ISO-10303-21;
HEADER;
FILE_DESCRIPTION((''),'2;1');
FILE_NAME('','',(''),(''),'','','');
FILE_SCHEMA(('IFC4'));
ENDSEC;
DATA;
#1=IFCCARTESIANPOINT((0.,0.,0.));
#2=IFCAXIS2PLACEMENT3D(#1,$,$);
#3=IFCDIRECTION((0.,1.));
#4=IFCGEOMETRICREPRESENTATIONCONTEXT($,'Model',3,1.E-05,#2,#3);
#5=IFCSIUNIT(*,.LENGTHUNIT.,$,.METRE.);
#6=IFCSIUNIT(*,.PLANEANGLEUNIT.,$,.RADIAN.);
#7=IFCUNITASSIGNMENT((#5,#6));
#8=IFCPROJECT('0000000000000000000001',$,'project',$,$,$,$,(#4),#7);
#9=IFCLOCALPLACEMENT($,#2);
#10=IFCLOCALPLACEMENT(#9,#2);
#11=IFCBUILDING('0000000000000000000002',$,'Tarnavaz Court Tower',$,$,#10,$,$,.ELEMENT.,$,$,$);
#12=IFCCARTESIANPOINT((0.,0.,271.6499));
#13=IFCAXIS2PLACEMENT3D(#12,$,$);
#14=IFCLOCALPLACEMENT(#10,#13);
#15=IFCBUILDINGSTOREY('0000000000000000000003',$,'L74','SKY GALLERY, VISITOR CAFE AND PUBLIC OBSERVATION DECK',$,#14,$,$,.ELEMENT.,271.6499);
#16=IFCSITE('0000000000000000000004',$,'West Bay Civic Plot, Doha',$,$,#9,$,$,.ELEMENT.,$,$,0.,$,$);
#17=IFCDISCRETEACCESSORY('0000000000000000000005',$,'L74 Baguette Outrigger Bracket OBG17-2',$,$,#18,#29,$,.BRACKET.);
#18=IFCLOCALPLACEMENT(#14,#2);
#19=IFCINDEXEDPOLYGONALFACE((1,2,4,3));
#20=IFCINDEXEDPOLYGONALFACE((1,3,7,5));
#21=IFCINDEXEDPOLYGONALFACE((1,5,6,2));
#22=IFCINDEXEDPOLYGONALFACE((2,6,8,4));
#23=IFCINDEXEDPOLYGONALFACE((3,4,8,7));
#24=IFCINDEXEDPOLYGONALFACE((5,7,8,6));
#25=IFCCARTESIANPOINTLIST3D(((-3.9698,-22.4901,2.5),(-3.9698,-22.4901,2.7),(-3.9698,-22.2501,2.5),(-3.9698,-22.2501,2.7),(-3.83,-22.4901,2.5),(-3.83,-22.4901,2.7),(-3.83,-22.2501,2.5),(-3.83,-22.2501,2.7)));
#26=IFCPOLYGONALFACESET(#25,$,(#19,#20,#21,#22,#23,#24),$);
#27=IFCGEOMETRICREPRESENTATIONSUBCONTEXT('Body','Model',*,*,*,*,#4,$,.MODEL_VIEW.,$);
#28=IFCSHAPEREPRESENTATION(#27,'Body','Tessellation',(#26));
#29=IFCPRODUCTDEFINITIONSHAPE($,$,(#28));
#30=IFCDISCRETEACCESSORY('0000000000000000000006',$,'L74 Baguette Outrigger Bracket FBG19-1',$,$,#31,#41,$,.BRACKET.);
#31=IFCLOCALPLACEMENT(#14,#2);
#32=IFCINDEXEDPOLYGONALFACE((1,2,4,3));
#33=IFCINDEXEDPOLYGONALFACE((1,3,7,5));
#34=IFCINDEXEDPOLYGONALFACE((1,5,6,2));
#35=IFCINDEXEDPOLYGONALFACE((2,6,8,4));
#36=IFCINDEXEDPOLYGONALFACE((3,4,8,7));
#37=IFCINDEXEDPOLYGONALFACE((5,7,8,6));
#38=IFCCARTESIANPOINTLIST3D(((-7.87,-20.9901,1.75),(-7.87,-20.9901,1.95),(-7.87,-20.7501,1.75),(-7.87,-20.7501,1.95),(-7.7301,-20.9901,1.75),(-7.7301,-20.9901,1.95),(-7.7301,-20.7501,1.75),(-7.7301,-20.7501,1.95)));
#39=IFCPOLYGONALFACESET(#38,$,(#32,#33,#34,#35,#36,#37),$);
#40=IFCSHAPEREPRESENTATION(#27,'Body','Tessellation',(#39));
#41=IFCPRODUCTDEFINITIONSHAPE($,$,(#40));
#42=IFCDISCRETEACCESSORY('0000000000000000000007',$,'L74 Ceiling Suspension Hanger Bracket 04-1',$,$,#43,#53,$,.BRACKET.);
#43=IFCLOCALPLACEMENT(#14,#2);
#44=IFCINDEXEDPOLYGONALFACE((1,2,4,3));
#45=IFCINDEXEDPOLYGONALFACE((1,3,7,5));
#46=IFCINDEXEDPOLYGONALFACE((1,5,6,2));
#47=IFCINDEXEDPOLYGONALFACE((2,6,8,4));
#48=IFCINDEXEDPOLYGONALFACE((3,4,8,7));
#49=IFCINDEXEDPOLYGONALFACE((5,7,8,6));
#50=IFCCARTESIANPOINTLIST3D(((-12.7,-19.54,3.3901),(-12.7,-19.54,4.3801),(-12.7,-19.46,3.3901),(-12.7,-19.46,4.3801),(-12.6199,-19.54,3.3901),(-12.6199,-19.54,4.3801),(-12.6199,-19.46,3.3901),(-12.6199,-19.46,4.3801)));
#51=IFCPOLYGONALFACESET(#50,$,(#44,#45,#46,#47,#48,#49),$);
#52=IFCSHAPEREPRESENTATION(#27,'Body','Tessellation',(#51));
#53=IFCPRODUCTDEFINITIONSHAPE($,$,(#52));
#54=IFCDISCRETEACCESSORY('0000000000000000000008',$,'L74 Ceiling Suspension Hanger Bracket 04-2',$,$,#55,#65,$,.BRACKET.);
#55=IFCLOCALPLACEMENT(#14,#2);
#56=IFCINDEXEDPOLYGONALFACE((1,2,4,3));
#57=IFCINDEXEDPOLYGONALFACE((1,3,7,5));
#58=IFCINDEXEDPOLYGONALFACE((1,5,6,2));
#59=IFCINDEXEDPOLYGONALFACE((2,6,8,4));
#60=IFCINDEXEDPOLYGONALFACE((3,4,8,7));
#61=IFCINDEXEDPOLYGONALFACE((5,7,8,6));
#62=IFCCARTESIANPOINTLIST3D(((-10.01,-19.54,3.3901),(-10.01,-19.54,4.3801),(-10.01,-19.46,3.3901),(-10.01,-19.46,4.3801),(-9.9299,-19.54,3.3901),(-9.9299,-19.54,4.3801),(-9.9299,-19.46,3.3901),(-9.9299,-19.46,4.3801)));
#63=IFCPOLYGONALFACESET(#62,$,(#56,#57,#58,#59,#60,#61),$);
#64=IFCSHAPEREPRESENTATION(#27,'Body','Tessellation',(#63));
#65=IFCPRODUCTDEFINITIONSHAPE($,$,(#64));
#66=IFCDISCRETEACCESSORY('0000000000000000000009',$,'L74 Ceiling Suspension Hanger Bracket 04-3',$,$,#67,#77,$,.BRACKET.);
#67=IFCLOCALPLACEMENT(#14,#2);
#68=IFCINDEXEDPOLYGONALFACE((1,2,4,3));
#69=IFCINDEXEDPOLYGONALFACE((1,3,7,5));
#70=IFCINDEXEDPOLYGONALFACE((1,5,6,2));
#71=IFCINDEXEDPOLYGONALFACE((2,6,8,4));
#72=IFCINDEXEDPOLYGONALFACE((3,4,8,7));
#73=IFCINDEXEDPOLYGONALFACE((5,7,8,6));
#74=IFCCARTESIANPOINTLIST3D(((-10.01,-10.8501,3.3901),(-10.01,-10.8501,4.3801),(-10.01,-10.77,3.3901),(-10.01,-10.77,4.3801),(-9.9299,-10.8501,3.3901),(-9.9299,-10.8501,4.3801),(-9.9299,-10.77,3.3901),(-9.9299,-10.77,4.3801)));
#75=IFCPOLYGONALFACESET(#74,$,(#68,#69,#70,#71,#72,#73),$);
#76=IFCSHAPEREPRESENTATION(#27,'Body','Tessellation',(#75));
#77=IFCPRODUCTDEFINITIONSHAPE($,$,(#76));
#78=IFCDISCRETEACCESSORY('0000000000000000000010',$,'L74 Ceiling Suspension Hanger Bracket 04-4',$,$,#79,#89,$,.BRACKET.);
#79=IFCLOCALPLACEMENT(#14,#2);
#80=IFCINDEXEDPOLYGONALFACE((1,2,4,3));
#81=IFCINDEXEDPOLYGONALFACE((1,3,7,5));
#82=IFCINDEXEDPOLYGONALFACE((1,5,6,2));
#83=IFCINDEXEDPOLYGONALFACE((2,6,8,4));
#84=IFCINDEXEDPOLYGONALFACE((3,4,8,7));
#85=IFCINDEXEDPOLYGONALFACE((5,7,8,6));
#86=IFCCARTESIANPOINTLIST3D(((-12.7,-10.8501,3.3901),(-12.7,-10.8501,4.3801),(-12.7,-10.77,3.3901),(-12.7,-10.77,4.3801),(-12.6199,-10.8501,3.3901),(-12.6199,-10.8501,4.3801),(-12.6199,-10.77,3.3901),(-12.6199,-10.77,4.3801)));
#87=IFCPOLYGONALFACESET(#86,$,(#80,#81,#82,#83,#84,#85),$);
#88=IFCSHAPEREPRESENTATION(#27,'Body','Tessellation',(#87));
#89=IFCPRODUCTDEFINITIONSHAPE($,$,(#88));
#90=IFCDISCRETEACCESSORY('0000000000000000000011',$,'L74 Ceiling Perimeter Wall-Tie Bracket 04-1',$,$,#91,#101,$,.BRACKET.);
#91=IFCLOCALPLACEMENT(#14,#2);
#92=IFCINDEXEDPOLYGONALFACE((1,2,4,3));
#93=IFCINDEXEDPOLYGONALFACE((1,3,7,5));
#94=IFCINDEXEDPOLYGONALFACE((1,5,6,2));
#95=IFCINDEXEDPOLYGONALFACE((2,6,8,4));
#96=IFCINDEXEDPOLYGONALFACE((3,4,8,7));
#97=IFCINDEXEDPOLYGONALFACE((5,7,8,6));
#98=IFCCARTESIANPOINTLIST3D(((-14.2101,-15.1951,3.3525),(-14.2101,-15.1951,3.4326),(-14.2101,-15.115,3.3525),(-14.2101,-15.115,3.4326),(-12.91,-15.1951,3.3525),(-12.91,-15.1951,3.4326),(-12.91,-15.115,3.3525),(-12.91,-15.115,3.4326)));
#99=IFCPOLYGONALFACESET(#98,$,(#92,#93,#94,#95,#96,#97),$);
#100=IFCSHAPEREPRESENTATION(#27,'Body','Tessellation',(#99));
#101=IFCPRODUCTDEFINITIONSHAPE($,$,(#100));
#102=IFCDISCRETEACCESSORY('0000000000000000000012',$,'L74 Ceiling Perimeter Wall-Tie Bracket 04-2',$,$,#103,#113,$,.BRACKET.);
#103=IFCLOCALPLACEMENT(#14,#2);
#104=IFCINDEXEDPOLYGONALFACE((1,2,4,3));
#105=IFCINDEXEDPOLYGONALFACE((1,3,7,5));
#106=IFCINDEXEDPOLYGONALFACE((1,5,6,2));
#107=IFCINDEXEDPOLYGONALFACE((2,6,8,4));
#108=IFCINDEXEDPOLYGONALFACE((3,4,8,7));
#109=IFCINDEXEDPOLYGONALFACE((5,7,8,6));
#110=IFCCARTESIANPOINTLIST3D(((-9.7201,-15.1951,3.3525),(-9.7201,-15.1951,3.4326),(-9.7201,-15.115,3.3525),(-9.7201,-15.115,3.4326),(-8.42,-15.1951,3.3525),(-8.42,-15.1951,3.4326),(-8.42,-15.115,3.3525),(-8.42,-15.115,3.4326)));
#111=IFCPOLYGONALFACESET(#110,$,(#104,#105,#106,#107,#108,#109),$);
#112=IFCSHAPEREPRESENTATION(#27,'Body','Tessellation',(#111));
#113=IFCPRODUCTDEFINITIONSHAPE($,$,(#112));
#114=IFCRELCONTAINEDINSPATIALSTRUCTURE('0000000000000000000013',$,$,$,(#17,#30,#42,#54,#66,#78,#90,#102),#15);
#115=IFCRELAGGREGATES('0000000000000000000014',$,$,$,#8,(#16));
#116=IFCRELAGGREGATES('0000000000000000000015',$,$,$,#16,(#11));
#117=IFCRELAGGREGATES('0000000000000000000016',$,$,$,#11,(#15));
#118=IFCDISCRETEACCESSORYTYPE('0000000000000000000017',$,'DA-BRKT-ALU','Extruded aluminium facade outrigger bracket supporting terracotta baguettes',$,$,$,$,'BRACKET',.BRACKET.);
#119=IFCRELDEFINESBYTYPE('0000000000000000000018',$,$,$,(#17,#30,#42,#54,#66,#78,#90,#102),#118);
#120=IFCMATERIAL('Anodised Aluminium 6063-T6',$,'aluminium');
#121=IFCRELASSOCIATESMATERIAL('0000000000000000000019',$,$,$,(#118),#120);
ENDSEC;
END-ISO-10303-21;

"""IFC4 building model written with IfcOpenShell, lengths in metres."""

from ifc_helpers import new_model, si_unit, direction, frame, origin, origin_2d, place, context, subcontext, project, spatial, rectangle, extrude, material, type_object, element, save


model = new_model("IFC4")

# Units and contexts
model_context = context("Model", 3, precision=1e-05, world=origin(), true_north=direction((0.0, 1.0)))
body_context = subcontext(model_context, "Body", "Model", "MODEL_VIEW")
ifc_project = project(units=[si_unit("LENGTHUNIT", "METRE"), si_unit("PLANEANGLEUNIT", "RADIAN")], contexts=[model_context])

# Site, building, storey
site_placement = place(None, origin())
site = spatial("IfcSite", under=ifc_project, at=site_placement, Name="West Bay Civic Plot, Doha", CompositionType="ELEMENT", RefElevation=0.0)
building_placement = place(site_placement, origin())
building = spatial("IfcBuilding", under=site, at=building_placement, Name="Tarnavaz Court Tower", CompositionType="ELEMENT")
storey_placement = place(building_placement, frame((0.0, 0.0, 271.6499)))
storey = spatial("IfcBuildingStorey", under=building, at=storey_placement, Name="L74", Description="SKY GALLERY, VISITOR CAFE AND PUBLIC OBSERVATION DECK", CompositionType="ELEMENT", Elevation=271.6499)

# Shared definitions
ifc_material_1 = material(Name="Anodised Aluminium 6063-T6", Category="aluminium")

# Discrete accessories
discrete_accessory_type = type_object("IfcDiscreteAccessoryType", Name="DA-BRKT-ALU", Description="Extruded aluminium facade outrigger bracket supporting terracotta baguettes", ElementType="BRACKET", PredefinedType="BRACKET", material=ifc_material_1)
for number, where, z_axis, x_axis, name in (
    (1, (-3.8999, -22.3701, 2.5), (0.0, 0.0, 1.0), (-1.0, 0.0, 0.0), "L74 Baguette Outrigger Bracket OBG17-2"),
    (2, (-7.8, -20.8701, 1.75), (0.0, 0.0, 1.0), (-1.0, 0.0, 0.0), "L74 Baguette Outrigger Bracket FBG19-1"),
):
    element("IfcDiscreteAccessory", number, at=place(storey_placement, frame(where, z_axis=z_axis, x_axis=x_axis)), inside=storey, type_object=discrete_accessory_type, Name=name, PredefinedType="BRACKET", context=body_context, shape_type="SweptSolid", body=[
        extrude(rectangle(XDim=0.1399, YDim=0.24, at=origin_2d()), origin(), (0.0, 0.0, 1.0), 0.2),
    ])
for number, where, z_axis, x_axis, name in (
    (3, (-12.6599, -19.5, 3.3901), (0.0, 0.0, 1.0), (1.0, 0.0, 0.0), "L74 Ceiling Suspension Hanger Bracket 04-1"),
    (4, (-9.97, -19.5, 3.3901), (0.0, 0.0, 1.0), (1.0, 0.0, 0.0), "L74 Ceiling Suspension Hanger Bracket 04-2"),
    (5, (-9.97, -10.8101, 3.3901), (0.0, 0.0, 1.0), (1.0, 0.0, 0.0), "L74 Ceiling Suspension Hanger Bracket 04-3"),
    (6, (-12.6599, -10.8101, 3.3901), (0.0, 0.0, 1.0), (1.0, 0.0, 0.0), "L74 Ceiling Suspension Hanger Bracket 04-4"),
):
    element("IfcDiscreteAccessory", number, at=place(storey_placement, frame(where, z_axis=z_axis, x_axis=x_axis)), inside=storey, type_object=discrete_accessory_type, Name=name, PredefinedType="BRACKET", context=body_context, shape_type="SweptSolid", body=[
        extrude(rectangle(XDim=0.0801, YDim=0.0801, at=origin_2d()), origin(), (0.0, 0.0, 1.0), 0.99),
    ])
for number, where, z_axis, x_axis, name in (
    (7, (-13.5601, -15.155, 3.3525), (0.0, 0.0, 1.0), (1.0, 0.0, 0.0), "L74 Ceiling Perimeter Wall-Tie Bracket 04-1"),
    (8, (-9.0701, -15.155, 3.3525), (0.0, 0.0, 1.0), (1.0, 0.0, 0.0), "L74 Ceiling Perimeter Wall-Tie Bracket 04-2"),
):
    element("IfcDiscreteAccessory", number, at=place(storey_placement, frame(where, z_axis=z_axis, x_axis=x_axis)), inside=storey, type_object=discrete_accessory_type, Name=name, PredefinedType="BRACKET", context=body_context, shape_type="SweptSolid", body=[
        extrude(rectangle(XDim=1.3, YDim=0.0801, at=origin_2d()), origin(), (0.0, 0.0, 1.0), 0.0801),
    ])

save(model, "model.ifc")
